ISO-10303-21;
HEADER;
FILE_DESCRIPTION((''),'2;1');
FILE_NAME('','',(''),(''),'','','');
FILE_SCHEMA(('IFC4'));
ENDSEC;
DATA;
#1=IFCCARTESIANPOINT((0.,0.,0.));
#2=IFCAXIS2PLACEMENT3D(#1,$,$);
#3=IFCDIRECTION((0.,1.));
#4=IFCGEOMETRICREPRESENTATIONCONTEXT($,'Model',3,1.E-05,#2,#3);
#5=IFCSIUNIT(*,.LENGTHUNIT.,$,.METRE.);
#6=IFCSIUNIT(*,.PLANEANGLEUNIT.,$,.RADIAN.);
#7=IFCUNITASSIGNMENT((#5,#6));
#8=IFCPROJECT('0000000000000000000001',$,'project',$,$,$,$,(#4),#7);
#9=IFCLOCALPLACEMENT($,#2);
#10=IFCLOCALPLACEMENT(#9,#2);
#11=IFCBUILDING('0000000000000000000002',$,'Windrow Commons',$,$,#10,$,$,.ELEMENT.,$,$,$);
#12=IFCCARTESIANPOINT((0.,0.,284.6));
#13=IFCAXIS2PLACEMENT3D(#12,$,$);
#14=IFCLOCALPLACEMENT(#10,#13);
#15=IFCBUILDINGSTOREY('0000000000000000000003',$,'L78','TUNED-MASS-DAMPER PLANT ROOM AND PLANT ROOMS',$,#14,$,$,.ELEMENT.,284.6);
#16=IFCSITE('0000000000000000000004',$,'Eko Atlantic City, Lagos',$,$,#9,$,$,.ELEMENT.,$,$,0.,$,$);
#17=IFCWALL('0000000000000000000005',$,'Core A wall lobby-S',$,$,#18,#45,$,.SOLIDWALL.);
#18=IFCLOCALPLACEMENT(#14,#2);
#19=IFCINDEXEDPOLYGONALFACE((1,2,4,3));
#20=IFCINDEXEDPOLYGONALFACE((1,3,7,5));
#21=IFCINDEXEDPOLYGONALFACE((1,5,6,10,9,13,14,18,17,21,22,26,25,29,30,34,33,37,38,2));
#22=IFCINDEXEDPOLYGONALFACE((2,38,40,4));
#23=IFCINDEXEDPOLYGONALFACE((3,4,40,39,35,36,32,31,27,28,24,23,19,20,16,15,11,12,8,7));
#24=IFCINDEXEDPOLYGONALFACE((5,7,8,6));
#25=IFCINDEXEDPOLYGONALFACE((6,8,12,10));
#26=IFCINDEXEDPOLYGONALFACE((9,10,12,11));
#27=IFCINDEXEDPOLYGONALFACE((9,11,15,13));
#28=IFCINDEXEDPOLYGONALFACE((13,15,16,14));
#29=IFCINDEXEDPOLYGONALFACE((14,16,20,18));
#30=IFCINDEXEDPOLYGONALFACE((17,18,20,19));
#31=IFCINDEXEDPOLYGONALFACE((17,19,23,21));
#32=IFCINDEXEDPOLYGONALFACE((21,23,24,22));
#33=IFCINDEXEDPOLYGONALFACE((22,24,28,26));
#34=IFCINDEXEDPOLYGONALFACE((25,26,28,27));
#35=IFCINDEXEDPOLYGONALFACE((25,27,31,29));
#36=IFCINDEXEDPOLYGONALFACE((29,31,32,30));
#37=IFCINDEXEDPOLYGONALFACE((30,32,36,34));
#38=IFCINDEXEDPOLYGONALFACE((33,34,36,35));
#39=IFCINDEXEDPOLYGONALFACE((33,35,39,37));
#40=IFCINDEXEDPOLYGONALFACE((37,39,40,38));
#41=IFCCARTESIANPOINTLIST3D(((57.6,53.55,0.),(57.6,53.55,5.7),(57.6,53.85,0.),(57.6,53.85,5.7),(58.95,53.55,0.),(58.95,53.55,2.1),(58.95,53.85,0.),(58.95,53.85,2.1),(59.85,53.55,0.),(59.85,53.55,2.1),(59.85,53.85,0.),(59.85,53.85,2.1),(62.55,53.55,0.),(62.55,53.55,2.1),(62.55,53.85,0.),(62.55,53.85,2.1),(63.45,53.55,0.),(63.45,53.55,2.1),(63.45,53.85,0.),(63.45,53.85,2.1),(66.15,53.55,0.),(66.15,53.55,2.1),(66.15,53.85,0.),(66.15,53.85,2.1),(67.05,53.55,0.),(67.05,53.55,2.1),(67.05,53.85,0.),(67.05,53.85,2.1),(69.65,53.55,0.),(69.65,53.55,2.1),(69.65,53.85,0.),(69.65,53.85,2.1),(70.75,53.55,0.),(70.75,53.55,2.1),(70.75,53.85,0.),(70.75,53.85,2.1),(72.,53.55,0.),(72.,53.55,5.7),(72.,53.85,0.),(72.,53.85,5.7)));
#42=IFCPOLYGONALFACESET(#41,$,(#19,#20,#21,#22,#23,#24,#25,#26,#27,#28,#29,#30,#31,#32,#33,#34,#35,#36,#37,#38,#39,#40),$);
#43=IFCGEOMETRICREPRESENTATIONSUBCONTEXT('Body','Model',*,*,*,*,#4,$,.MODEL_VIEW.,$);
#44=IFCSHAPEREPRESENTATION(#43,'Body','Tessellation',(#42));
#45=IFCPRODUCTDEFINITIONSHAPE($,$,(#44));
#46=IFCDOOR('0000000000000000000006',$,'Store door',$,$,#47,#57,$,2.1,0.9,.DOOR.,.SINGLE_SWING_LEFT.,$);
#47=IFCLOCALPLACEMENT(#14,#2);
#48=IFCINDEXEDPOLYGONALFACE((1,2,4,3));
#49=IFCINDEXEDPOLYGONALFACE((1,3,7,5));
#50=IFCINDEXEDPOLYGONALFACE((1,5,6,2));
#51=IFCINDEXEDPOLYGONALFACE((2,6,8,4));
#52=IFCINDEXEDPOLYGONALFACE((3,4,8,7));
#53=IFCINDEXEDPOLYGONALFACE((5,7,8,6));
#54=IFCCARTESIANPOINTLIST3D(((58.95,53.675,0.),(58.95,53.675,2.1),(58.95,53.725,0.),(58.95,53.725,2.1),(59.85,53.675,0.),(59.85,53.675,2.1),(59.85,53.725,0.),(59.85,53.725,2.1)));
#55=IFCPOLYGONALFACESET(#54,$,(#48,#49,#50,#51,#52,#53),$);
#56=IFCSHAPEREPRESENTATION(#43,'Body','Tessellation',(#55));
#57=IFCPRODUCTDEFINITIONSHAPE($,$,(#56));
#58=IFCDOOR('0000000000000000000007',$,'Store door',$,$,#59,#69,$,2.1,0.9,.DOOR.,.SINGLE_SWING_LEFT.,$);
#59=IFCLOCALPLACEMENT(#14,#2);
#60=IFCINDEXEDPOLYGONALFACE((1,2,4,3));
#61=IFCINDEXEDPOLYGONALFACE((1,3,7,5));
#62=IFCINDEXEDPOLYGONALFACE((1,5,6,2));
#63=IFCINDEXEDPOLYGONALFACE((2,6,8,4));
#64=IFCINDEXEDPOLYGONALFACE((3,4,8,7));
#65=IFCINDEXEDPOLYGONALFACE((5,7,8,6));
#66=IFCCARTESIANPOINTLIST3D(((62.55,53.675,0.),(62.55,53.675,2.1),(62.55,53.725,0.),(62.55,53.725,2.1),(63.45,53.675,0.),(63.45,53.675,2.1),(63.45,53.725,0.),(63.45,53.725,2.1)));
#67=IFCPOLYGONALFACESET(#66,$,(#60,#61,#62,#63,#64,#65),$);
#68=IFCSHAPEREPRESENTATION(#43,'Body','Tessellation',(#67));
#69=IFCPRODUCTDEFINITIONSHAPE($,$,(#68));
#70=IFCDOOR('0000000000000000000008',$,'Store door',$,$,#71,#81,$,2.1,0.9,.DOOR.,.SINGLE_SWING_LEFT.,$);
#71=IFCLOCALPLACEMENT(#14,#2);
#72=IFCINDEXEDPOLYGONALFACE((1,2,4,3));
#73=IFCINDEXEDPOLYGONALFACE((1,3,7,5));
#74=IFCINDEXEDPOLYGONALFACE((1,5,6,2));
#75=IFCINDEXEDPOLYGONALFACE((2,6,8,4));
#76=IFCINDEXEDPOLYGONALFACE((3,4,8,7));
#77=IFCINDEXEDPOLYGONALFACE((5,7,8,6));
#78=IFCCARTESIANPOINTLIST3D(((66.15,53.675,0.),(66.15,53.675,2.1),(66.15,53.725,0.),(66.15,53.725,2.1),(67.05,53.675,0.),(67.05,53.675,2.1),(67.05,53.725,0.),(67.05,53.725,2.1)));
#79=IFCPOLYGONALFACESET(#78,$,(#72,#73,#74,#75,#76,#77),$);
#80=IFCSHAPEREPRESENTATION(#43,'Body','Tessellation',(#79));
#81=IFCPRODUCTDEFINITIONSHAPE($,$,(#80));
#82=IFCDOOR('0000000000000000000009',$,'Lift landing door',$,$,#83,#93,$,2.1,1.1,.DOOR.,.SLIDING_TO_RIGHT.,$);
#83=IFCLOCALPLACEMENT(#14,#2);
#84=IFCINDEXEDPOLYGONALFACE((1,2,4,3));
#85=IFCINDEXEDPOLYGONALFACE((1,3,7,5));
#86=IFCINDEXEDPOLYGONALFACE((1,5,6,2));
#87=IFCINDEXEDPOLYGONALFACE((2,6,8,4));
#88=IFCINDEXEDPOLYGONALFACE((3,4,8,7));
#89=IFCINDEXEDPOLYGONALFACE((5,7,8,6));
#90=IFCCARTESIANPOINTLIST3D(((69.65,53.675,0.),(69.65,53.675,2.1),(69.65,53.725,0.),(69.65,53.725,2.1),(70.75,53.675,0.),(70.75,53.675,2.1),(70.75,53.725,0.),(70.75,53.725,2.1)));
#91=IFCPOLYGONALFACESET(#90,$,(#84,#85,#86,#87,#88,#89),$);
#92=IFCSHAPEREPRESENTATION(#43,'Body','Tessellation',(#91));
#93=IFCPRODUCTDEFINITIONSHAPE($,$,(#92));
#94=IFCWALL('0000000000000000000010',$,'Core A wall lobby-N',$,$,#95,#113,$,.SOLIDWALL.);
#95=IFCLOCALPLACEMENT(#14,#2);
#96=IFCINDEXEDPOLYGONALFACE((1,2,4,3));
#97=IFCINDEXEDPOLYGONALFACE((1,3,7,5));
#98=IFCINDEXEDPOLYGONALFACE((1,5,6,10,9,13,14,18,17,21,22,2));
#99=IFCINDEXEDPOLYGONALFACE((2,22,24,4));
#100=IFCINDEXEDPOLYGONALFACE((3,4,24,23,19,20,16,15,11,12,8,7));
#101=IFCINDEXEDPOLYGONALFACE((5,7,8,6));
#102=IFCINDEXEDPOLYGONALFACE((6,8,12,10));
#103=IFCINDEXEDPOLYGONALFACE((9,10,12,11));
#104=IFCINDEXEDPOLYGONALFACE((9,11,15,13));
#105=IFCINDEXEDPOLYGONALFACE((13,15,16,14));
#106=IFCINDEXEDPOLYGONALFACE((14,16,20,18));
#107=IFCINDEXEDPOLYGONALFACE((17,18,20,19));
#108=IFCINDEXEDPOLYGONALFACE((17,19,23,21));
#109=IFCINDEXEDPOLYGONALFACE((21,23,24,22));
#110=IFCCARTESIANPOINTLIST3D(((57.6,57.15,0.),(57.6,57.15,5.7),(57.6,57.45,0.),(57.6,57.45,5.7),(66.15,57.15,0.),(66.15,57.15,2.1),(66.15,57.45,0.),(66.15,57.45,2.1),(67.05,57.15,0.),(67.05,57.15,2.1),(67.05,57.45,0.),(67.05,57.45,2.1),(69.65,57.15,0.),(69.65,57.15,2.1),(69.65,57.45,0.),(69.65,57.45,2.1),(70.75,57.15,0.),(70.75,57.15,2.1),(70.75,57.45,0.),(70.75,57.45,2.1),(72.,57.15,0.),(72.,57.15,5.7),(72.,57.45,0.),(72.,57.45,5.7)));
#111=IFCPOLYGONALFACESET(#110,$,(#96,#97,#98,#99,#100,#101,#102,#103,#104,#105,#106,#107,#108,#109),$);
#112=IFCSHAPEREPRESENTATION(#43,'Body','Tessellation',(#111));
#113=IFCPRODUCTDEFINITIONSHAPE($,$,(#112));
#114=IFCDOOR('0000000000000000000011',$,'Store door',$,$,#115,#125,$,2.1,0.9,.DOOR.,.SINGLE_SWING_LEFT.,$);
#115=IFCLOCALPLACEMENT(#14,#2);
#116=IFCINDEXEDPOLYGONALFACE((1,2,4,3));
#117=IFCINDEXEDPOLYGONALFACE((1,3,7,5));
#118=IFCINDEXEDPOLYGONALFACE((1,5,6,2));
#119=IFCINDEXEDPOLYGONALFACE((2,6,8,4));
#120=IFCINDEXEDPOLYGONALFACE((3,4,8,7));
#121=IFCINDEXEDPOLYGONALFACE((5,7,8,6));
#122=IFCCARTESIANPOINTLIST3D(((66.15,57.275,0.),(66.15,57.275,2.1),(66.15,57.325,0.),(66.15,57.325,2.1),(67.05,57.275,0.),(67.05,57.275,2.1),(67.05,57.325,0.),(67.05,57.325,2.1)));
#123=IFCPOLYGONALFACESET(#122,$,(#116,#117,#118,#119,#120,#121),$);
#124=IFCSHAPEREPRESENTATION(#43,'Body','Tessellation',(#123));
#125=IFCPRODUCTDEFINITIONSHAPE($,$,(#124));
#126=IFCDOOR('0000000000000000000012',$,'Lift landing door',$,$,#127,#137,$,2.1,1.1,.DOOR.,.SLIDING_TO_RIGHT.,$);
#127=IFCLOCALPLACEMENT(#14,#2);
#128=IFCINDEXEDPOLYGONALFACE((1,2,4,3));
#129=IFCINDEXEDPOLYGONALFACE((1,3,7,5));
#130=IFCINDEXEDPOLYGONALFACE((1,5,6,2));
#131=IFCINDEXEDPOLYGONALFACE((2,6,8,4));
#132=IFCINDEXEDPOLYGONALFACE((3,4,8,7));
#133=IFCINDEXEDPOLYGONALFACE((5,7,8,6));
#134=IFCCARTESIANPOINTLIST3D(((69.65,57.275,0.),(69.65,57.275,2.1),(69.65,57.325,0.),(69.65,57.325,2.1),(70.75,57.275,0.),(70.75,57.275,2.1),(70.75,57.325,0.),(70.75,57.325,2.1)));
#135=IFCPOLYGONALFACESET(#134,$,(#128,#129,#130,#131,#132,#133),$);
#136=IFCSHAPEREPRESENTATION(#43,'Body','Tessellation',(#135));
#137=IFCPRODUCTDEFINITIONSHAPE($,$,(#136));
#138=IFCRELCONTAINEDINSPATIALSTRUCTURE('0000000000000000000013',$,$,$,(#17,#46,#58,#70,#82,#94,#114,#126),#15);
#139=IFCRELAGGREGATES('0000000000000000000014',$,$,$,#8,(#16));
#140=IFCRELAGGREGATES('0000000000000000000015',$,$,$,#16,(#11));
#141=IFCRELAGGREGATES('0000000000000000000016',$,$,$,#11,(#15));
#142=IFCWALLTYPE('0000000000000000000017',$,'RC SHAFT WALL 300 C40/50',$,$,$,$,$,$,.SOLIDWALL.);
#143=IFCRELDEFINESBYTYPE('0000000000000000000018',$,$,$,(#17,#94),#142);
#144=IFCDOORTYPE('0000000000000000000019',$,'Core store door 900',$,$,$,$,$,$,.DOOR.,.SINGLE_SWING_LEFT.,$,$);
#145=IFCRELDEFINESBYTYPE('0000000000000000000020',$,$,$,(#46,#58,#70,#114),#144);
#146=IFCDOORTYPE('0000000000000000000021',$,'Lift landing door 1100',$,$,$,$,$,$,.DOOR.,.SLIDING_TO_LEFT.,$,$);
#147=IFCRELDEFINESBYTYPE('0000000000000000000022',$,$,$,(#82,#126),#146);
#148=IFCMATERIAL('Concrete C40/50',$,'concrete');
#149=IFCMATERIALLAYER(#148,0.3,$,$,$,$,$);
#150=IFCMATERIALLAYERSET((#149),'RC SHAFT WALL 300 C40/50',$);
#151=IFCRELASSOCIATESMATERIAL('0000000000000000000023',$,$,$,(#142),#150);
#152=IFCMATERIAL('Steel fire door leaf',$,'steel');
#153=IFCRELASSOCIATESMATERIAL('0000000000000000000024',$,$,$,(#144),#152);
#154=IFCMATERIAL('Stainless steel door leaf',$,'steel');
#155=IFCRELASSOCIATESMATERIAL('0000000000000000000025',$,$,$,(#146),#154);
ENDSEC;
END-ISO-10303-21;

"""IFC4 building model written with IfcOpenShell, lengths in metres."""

from ifc_helpers import new_model, si_unit, direction, frame, frame_2d, origin, place, context, subcontext, project, spatial, rectangle, extrude, material, layer, layer_set, type_object, element, fill, save


model = new_model("IFC4")

# Units and contexts
model_context = context("Model", 3, precision=1e-05, world=origin(), true_north=direction((0.0, 1.0)))
body_context = subcontext(model_context, "Body", "Model", "MODEL_VIEW")
ifc_project = project(units=[si_unit("LENGTHUNIT", "METRE"), si_unit("PLANEANGLEUNIT", "RADIAN")], contexts=[model_context])

# Site, building, storey
site_placement = place(None, origin())
site = spatial("IfcSite", under=ifc_project, at=site_placement, Name="Eko Atlantic City, Lagos", CompositionType="ELEMENT", RefElevation=0.0)
building_placement = place(site_placement, origin())
building = spatial("IfcBuilding", under=site, at=building_placement, Name="Windrow Commons", CompositionType="ELEMENT")
storey_placement = place(building_placement, frame((0.0, 0.0, 284.6)))
storey = spatial("IfcBuildingStorey", under=building, at=storey_placement, Name="L78", Description="TUNED-MASS-DAMPER PLANT ROOM AND PLANT ROOMS", CompositionType="ELEMENT", Elevation=284.6)

# Walls, openings, doors
ifc_material_1 = material(Name="Concrete C40/50", Category="concrete")
ifc_layer_1 = layer(ifc_material_1, 0.3)
ifc_layer_set_1 = layer_set([ifc_layer_1], Name="RC SHAFT WALL 300 C40/50")
wall_type_1 = type_object("IfcWallType", Name="RC SHAFT WALL 300 C40/50", PredefinedType="SOLIDWALL", material=ifc_layer_set_1)
wall_1_placement = place(storey_placement, frame((57.6, 53.7, 0.0), z_axis=(0.0, 0.0, 1.0), x_axis=(1.0, 0.0, 0.0)))
wall_1 = element("IfcWall", 1, at=wall_1_placement, inside=storey, type_object=wall_type_1, Name="Core A wall lobby-S", PredefinedType="SOLIDWALL", context=body_context, shape_type="SweptSolid", body=[
    extrude(rectangle(XDim=14.4, YDim=0.3, at=frame_2d((7.2, 0.0))), origin(), (0.0, 0.0, 1.0), 5.7),
])
opening_1_placement = place(wall_1_placement, frame((1.35, 0.0, 0.0)))
opening_1 = element("IfcOpeningElement", 2, at=opening_1_placement, cuts=wall_1, PredefinedType="OPENING", context=body_context, shape_type="SweptSolid", body=[
    extrude(rectangle(XDim=0.9, YDim=2.1, at=frame_2d((0.45, 1.05))), frame((0.0, 0.16, 0.0), z_axis=(0.0, -1.0, 0.0), x_axis=(1.0, 0.0, 0.0)), (0.0, 0.0, 1.0), 0.32),
])
opening_2_placement = place(wall_1_placement, frame((4.95, 0.0, 0.0)))
opening_2 = element("IfcOpeningElement", 3, at=opening_2_placement, cuts=wall_1, PredefinedType="OPENING", context=body_context, shape_type="SweptSolid", body=[
    extrude(rectangle(XDim=0.9, YDim=2.1, at=frame_2d((0.45, 1.05))), frame((0.0, 0.16, 0.0), z_axis=(0.0, -1.0, 0.0), x_axis=(1.0, 0.0, 0.0)), (0.0, 0.0, 1.0), 0.32),
])
opening_3_placement = place(wall_1_placement, frame((8.55, 0.0, 0.0)))
opening_3 = element("IfcOpeningElement", 4, at=opening_3_placement, cuts=wall_1, PredefinedType="OPENING", context=body_context, shape_type="SweptSolid", body=[
    extrude(rectangle(XDim=0.9, YDim=2.1, at=frame_2d((0.45, 1.05))), frame((0.0, 0.16, 0.0), z_axis=(0.0, -1.0, 0.0), x_axis=(1.0, 0.0, 0.0)), (0.0, 0.0, 1.0), 0.32),
])
opening_4_placement = place(wall_1_placement, frame((12.05, 0.0, 0.0)))
opening_4 = element("IfcOpeningElement", 5, at=opening_4_placement, cuts=wall_1, PredefinedType="OPENING", context=body_context, shape_type="SweptSolid", body=[
    extrude(rectangle(XDim=1.1, YDim=2.1, at=frame_2d((0.55, 1.05))), frame((0.0, 0.16, 0.0), z_axis=(0.0, -1.0, 0.0), x_axis=(1.0, 0.0, 0.0)), (0.0, 0.0, 1.0), 0.32),
])
ifc_material_2 = material(Name="Steel fire door leaf", Category="steel")
door_type_1 = type_object("IfcDoorType", Name="Core store door 900", OperationType="SINGLE_SWING_LEFT", PredefinedType="DOOR", material=ifc_material_2)
door_1_placement = place(opening_1_placement, origin())
door_1 = element("IfcDoor", 6, at=door_1_placement, inside=storey, type_object=door_type_1, Name="Store door", OperationType="SINGLE_SWING_LEFT", OverallHeight=2.1, OverallWidth=0.9, PredefinedType="DOOR", context=body_context, shape_type="SweptSolid", body=[
    extrude(rectangle(XDim=0.9, YDim=2.1, at=frame_2d((0.45, 1.05))), frame((0.0, 0.025, 0.0), z_axis=(0.0, -1.0, 0.0), x_axis=(1.0, 0.0, 0.0)), (0.0, 0.0, 1.0), 0.05),
])
fill(opening_1, door_1)
door_2_placement = place(opening_2_placement, origin())
door_2 = element("IfcDoor", 7, at=door_2_placement, inside=storey, type_object=door_type_1, Name="Store door", OperationType="SINGLE_SWING_LEFT", OverallHeight=2.1, OverallWidth=0.9, PredefinedType="DOOR", context=body_context, shape_type="SweptSolid", body=[
    extrude(rectangle(XDim=0.9, YDim=2.1, at=frame_2d((0.45, 1.05))), frame((0.0, 0.025, 0.0), z_axis=(0.0, -1.0, 0.0), x_axis=(1.0, 0.0, 0.0)), (0.0, 0.0, 1.0), 0.05),
])
fill(opening_2, door_2)
door_3_placement = place(opening_3_placement, origin())
door_3 = element("IfcDoor", 8, at=door_3_placement, inside=storey, type_object=door_type_1, Name="Store door", OperationType="SINGLE_SWING_LEFT", OverallHeight=2.1, OverallWidth=0.9, PredefinedType="DOOR", context=body_context, shape_type="SweptSolid", body=[
    extrude(rectangle(XDim=0.9, YDim=2.1, at=frame_2d((0.45, 1.05))), frame((0.0, 0.025, 0.0), z_axis=(0.0, -1.0, 0.0), x_axis=(1.0, 0.0, 0.0)), (0.0, 0.0, 1.0), 0.05),
])
fill(opening_3, door_3)
ifc_material_3 = material(Name="Stainless steel door leaf", Category="steel")
door_type_2 = type_object("IfcDoorType", Name="Lift landing door 1100", OperationType="SLIDING_TO_LEFT", PredefinedType="DOOR", material=ifc_material_3)
door_4_placement = place(opening_4_placement, origin())
door_4 = element("IfcDoor", 9, at=door_4_placement, inside=storey, type_object=door_type_2, Name="Lift landing door", OperationType="SLIDING_TO_RIGHT", OverallHeight=2.1, OverallWidth=1.1, PredefinedType="DOOR", context=body_context, shape_type="SweptSolid", body=[
    extrude(rectangle(XDim=1.1, YDim=2.1, at=frame_2d((0.55, 1.05))), frame((0.0, 0.025, 0.0), z_axis=(0.0, -1.0, 0.0), x_axis=(1.0, 0.0, 0.0)), (0.0, 0.0, 1.0), 0.05),
])
fill(opening_4, door_4)
wall_2_placement = place(storey_placement, frame((57.6, 57.3, 0.0), z_axis=(0.0, 0.0, 1.0), x_axis=(1.0, 0.0, 0.0)))
wall_2 = element("IfcWall", 10, at=wall_2_placement, inside=storey, type_object=wall_type_1, Name="Core A wall lobby-N", PredefinedType="SOLIDWALL", context=body_context, shape_type="SweptSolid", body=[
    extrude(rectangle(XDim=14.4, YDim=0.3, at=frame_2d((7.2, 0.0))), origin(), (0.0, 0.0, 1.0), 5.7),
])
opening_5_placement = place(wall_2_placement, frame((8.55, 0.0, 0.0)))
opening_5 = element("IfcOpeningElement", 11, at=opening_5_placement, cuts=wall_2, PredefinedType="OPENING", context=body_context, shape_type="SweptSolid", body=[
    extrude(rectangle(XDim=0.9, YDim=2.1, at=frame_2d((0.45, 1.05))), frame((0.0, 0.16, 0.0), z_axis=(0.0, -1.0, 0.0), x_axis=(1.0, 0.0, 0.0)), (0.0, 0.0, 1.0), 0.32),
])
opening_6_placement = place(wall_2_placement, frame((12.05, 0.0, 0.0)))
opening_6 = element("IfcOpeningElement", 12, at=opening_6_placement, cuts=wall_2, PredefinedType="OPENING", context=body_context, shape_type="SweptSolid", body=[
    extrude(rectangle(XDim=1.1, YDim=2.1, at=frame_2d((0.55, 1.05))), frame((0.0, 0.16, 0.0), z_axis=(0.0, -1.0, 0.0), x_axis=(1.0, 0.0, 0.0)), (0.0, 0.0, 1.0), 0.32),
])
door_5_placement = place(opening_5_placement, origin())
door_5 = element("IfcDoor", 13, at=door_5_placement, inside=storey, type_object=door_type_1, Name="Store door", OperationType="SINGLE_SWING_LEFT", OverallHeight=2.1, OverallWidth=0.9, PredefinedType="DOOR", context=body_context, shape_type="SweptSolid", body=[
    extrude(rectangle(XDim=0.9, YDim=2.1, at=frame_2d((0.45, 1.05))), frame((0.0, 0.025, 0.0), z_axis=(0.0, -1.0, 0.0), x_axis=(1.0, 0.0, 0.0)), (0.0, 0.0, 1.0), 0.05),
])
fill(opening_5, door_5)
door_6_placement = place(opening_6_placement, origin())
door_6 = element("IfcDoor", 14, at=door_6_placement, inside=storey, type_object=door_type_2, Name="Lift landing door", OperationType="SLIDING_TO_RIGHT", OverallHeight=2.1, OverallWidth=1.1, PredefinedType="DOOR", context=body_context, shape_type="SweptSolid", body=[
    extrude(rectangle(XDim=1.1, YDim=2.1, at=frame_2d((0.55, 1.05))), frame((0.0, 0.025, 0.0), z_axis=(0.0, -1.0, 0.0), x_axis=(1.0, 0.0, 0.0)), (0.0, 0.0, 1.0), 0.05),
])
fill(opening_6, door_6)

save(model, "model.ifc")
